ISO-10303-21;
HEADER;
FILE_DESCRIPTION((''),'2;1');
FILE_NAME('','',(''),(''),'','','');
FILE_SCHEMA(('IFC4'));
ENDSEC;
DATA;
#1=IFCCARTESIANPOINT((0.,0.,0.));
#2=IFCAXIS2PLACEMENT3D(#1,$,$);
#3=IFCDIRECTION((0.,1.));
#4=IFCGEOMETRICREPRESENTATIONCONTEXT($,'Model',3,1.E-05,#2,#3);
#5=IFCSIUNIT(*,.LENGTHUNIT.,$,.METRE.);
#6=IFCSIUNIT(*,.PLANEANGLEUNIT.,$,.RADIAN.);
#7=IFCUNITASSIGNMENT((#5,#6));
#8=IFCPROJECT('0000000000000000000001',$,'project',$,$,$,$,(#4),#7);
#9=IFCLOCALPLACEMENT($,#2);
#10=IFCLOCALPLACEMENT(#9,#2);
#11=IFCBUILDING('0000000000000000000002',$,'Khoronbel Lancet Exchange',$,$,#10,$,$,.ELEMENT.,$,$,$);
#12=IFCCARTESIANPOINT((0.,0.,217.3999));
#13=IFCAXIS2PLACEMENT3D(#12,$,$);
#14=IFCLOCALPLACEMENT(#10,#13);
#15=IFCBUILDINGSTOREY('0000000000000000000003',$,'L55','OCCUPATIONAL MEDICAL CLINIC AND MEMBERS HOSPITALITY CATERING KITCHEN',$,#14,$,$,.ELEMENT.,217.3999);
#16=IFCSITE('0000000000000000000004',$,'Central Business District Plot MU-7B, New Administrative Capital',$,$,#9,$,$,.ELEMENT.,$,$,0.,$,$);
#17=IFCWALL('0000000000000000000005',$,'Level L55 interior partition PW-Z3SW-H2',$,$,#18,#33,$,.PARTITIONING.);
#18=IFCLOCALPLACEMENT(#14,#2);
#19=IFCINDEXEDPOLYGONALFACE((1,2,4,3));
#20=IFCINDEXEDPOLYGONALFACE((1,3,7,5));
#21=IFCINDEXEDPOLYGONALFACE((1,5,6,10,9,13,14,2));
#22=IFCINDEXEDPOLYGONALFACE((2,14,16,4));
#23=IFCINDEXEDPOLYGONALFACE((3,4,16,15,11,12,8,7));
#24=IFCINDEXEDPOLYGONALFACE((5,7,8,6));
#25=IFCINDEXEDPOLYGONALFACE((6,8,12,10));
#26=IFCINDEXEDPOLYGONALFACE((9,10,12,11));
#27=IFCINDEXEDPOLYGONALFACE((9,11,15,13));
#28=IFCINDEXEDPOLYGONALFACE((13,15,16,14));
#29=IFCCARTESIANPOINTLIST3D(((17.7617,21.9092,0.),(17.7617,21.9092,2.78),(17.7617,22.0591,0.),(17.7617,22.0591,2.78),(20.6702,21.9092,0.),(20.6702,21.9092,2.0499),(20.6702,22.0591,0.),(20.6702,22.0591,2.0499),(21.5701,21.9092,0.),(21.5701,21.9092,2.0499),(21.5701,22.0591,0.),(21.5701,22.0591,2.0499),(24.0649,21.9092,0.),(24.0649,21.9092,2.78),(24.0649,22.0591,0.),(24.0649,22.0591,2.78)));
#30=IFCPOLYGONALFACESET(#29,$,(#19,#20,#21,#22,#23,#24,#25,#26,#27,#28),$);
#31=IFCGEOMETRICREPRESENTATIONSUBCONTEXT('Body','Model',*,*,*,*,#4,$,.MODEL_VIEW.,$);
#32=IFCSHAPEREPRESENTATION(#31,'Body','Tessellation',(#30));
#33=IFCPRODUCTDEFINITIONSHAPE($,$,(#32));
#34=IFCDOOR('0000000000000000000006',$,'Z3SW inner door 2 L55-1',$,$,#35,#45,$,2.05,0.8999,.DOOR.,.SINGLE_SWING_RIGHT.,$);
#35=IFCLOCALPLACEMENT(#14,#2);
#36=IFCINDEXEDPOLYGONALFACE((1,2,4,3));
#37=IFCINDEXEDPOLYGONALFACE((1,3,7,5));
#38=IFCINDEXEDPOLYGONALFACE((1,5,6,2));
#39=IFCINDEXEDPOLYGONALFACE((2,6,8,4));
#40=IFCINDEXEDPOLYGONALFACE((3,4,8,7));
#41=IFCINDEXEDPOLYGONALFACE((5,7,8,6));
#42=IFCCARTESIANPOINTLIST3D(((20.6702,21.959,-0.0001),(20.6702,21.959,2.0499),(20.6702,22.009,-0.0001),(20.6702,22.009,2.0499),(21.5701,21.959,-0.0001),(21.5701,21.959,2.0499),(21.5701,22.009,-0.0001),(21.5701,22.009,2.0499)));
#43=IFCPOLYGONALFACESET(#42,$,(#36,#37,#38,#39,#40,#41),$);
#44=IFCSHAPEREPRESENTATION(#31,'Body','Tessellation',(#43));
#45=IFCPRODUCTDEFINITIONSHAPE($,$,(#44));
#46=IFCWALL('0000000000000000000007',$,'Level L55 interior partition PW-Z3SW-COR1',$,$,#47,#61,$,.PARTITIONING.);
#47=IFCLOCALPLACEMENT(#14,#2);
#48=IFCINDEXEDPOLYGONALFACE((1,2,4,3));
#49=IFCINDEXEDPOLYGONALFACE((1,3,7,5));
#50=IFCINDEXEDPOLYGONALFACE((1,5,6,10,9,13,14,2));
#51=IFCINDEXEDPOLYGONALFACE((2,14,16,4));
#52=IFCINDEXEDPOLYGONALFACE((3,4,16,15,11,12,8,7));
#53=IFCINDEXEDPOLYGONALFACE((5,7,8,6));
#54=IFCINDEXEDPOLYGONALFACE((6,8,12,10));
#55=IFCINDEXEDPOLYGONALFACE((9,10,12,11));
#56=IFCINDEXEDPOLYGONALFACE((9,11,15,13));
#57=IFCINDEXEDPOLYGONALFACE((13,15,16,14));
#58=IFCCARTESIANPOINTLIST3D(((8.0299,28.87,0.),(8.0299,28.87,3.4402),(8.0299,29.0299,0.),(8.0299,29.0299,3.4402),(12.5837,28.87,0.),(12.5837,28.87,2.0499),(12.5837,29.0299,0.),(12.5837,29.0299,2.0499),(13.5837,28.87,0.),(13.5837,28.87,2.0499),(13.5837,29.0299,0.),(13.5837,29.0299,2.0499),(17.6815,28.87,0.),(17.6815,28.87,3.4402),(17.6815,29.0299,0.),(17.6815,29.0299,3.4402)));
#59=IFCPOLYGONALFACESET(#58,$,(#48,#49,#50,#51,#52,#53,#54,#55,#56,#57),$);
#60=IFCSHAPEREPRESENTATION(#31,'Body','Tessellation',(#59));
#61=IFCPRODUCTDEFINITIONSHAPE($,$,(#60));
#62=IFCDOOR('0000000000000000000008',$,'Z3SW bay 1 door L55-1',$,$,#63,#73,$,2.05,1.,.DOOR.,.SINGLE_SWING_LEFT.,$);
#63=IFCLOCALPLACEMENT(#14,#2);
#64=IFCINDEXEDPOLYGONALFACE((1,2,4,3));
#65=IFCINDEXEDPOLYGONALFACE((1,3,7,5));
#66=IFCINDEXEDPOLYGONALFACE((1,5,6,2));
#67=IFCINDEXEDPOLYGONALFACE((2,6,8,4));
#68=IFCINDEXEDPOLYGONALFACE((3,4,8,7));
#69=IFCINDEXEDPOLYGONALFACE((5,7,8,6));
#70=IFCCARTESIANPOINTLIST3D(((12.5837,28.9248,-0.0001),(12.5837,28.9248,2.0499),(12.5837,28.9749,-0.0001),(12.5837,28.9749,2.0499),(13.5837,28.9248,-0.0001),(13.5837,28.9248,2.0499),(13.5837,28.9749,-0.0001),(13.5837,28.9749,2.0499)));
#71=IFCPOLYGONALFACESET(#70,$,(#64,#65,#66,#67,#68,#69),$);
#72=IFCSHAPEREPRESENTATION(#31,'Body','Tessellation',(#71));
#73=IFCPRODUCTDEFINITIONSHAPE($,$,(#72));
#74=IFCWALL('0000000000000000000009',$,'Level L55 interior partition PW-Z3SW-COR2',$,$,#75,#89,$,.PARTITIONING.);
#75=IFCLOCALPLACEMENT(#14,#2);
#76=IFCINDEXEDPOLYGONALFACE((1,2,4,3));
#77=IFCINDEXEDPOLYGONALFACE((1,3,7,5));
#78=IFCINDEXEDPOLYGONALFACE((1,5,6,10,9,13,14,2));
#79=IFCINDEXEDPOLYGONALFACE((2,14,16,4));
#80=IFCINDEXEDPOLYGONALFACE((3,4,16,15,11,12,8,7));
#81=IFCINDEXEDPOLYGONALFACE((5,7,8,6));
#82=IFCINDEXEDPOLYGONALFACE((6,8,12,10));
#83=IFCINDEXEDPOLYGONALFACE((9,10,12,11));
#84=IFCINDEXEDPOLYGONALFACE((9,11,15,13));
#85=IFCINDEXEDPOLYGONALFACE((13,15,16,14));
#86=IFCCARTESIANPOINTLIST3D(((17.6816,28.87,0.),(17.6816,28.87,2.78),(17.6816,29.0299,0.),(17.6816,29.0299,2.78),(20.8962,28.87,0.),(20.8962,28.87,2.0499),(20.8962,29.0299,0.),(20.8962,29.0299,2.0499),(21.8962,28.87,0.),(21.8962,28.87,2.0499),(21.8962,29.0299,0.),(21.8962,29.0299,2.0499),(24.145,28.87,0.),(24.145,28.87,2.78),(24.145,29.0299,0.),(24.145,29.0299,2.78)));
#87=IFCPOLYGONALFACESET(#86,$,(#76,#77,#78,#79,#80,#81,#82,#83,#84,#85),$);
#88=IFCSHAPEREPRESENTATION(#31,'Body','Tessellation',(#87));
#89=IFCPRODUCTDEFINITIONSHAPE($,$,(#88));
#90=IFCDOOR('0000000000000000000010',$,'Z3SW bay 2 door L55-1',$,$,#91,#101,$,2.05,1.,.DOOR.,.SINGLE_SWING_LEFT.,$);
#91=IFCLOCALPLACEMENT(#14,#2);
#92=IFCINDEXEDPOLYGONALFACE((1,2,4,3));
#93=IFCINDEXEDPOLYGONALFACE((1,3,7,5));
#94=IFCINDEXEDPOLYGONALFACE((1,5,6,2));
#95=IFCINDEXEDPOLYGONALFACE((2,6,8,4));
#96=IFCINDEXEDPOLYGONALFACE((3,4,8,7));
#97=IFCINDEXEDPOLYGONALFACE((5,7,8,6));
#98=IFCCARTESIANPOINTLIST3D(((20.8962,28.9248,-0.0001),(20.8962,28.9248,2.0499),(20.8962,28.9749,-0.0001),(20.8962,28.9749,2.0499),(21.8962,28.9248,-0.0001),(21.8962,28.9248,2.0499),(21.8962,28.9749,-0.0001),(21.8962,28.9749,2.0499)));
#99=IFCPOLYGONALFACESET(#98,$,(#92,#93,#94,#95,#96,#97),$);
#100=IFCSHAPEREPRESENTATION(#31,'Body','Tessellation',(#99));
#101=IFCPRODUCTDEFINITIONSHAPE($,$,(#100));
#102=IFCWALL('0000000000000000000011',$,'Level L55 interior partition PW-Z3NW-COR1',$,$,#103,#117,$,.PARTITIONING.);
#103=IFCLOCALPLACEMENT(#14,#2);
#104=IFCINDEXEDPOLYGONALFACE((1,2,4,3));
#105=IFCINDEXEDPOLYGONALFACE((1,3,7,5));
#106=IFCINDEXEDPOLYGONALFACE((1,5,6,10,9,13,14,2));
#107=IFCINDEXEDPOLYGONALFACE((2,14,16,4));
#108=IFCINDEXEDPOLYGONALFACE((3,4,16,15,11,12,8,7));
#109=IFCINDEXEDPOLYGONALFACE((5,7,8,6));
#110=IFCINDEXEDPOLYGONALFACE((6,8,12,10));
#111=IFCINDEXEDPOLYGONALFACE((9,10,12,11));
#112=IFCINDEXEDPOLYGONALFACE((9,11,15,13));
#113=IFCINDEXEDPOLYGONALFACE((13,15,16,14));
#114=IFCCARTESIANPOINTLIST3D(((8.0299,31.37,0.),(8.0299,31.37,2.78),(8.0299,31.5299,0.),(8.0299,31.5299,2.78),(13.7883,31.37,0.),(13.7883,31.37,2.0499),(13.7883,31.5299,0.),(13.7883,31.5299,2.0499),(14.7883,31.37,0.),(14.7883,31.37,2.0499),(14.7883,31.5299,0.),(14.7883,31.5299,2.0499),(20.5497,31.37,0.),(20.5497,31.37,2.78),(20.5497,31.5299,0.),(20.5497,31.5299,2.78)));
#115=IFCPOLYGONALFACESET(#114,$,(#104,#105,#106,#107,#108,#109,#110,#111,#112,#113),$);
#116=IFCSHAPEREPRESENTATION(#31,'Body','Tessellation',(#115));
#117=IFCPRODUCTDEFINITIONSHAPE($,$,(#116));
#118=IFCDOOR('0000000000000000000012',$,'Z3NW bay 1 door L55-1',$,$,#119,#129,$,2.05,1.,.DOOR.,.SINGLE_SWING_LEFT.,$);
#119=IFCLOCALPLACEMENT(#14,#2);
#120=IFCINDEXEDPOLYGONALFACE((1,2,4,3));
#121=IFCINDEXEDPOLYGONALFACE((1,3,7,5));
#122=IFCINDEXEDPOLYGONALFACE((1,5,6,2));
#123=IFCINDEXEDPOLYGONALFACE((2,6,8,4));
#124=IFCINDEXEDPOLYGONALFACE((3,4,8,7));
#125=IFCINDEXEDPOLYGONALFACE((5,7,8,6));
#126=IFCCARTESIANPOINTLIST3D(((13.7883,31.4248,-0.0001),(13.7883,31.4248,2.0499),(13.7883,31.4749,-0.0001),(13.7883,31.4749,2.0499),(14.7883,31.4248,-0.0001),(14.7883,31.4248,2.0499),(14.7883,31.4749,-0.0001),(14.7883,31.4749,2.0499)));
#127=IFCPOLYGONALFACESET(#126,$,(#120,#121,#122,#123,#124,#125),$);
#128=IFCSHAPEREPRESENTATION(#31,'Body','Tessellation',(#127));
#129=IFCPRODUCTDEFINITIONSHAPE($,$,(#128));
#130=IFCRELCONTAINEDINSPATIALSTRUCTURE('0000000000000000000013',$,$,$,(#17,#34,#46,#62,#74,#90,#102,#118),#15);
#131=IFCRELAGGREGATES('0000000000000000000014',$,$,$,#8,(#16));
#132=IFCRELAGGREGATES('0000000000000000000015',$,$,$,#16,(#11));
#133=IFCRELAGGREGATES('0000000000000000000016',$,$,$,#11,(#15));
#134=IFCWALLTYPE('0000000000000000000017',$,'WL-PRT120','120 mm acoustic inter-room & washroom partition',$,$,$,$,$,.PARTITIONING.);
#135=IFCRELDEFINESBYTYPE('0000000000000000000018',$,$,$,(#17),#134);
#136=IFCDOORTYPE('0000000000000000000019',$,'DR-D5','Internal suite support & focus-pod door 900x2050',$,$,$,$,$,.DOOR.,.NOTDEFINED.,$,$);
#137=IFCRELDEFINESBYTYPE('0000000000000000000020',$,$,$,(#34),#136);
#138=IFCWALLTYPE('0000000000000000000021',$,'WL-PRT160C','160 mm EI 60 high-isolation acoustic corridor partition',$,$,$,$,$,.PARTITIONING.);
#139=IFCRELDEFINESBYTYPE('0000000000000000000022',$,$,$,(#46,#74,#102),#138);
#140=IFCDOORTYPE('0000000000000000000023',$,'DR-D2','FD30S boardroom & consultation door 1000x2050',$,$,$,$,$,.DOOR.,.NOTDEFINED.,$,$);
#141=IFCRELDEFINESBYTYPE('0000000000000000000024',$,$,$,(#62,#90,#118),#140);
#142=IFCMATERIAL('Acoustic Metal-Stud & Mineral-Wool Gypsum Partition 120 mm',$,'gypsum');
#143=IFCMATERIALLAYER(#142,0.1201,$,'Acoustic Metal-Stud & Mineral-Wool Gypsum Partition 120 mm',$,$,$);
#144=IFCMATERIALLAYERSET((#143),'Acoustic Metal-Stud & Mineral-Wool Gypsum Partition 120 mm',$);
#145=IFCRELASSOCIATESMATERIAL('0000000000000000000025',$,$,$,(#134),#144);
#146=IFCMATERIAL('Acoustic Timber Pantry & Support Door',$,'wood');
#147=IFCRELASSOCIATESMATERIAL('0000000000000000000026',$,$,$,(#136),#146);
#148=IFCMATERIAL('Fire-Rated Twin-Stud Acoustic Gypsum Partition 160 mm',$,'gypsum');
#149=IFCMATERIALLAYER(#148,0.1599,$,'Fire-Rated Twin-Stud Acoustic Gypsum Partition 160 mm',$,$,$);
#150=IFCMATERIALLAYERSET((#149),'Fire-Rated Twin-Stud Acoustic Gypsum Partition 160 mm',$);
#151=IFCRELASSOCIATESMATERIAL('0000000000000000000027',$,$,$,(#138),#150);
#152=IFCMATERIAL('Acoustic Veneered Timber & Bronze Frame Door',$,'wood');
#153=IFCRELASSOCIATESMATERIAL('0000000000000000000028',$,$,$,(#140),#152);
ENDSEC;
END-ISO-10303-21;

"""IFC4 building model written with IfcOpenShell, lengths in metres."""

from ifc_helpers import new_model, si_unit, direction, frame, frame_2d, origin, place, context, subcontext, project, spatial, rectangle, extrude, material, layer, layer_set, type_object, element, fill, save


model = new_model("IFC4")

# Units and contexts
model_context = context("Model", 3, precision=1e-05, world=origin(), true_north=direction((0.0, 1.0)))
body_context = subcontext(model_context, "Body", "Model", "MODEL_VIEW")
ifc_project = project(units=[si_unit("LENGTHUNIT", "METRE"), si_unit("PLANEANGLEUNIT", "RADIAN")], contexts=[model_context])

# Site, building, storey
site_placement = place(None, origin())
site = spatial("IfcSite", under=ifc_project, at=site_placement, Name="Central Business District Plot MU-7B, New Administrative Capital", CompositionType="ELEMENT", RefElevation=0.0)
building_placement = place(site_placement, origin())
building = spatial("IfcBuilding", under=site, at=building_placement, Name="Khoronbel Lancet Exchange", CompositionType="ELEMENT")
storey_placement = place(building_placement, frame((0.0, 0.0, 217.3999)))
storey = spatial("IfcBuildingStorey", under=building, at=storey_placement, Name="L55", Description="OCCUPATIONAL MEDICAL CLINIC AND MEMBERS HOSPITALITY CATERING KITCHEN", CompositionType="ELEMENT", Elevation=217.3999)

# Walls, openings, doors
ifc_material_1 = material(Name="Acoustic Metal-Stud & Mineral-Wool Gypsum Partition 120 mm", Category="gypsum")
ifc_layer_1 = layer(ifc_material_1, 0.1201, Name="Acoustic Metal-Stud & Mineral-Wool Gypsum Partition 120 mm")
ifc_layer_set_1 = layer_set([ifc_layer_1], Name="Acoustic Metal-Stud & Mineral-Wool Gypsum Partition 120 mm")
wall_type_1 = type_object("IfcWallType", Name="WL-PRT120", Description="120 mm acoustic inter-room & washroom partition", PredefinedType="PARTITIONING", material=ifc_layer_set_1)
ifc_material_2 = material(Name="Acoustic Timber Pantry & Support Door", Category="wood")
door_type_1 = type_object("IfcDoorType", Name="DR-D5", Description="Internal suite support & focus-pod door 900x2050", OperationType="NOTDEFINED", PredefinedType="DOOR", material=ifc_material_2)
wall_1_placement = place(storey_placement, frame((17.7617, 21.9841, 0.0), z_axis=(0.0, 0.0, 1.0), x_axis=(1.0, 0.0, 0.0)))
wall_1 = element("IfcWall", 1, at=wall_1_placement, inside=storey, type_object=wall_type_1, Name="Level L55 interior partition PW-Z3SW-H2", PredefinedType="PARTITIONING", context=body_context, shape_type="SweptSolid", body=[
    extrude(rectangle(XDim=6.3032, YDim=0.1499, at=frame_2d((3.1516, 0.0))), origin(), (0.0, 0.0, 1.0), 2.78),
])
opening_1_placement = place(wall_1_placement, frame((2.9084, 0.0, 0.0)))
opening_1 = element("IfcOpeningElement", 2, at=opening_1_placement, cuts=wall_1, PredefinedType="OPENING", context=body_context, shape_type="SweptSolid", body=[
    extrude(rectangle(XDim=0.8999, YDim=2.05, at=frame_2d((0.45, 1.0249))), frame((0.0, 0.085, 0.0), z_axis=(0.0, -1.0, 0.0), x_axis=(1.0, 0.0, 0.0)), (0.0, 0.0, 1.0), 0.1699),
])
door_1_placement = place(opening_1_placement, origin())
door_1 = element("IfcDoor", 3, at=door_1_placement, inside=storey, type_object=door_type_1, Name="Z3SW inner door 2 L55-1", OperationType="SINGLE_SWING_RIGHT", OverallHeight=2.05, OverallWidth=0.8999, PredefinedType="DOOR", context=body_context, shape_type="SweptSolid", body=[
    extrude(rectangle(XDim=0.8999, YDim=2.05, at=frame_2d((0.45, 1.0249))), frame((0.0, 0.0249, 0.0), z_axis=(0.0, -1.0, 0.0), x_axis=(1.0, 0.0, 0.0)), (0.0, 0.0, 1.0), 0.05),
])
fill(opening_1, door_1)
ifc_material_3 = material(Name="Fire-Rated Twin-Stud Acoustic Gypsum Partition 160 mm", Category="gypsum")
ifc_layer_2 = layer(ifc_material_3, 0.1599, Name="Fire-Rated Twin-Stud Acoustic Gypsum Partition 160 mm")
ifc_layer_set_2 = layer_set([ifc_layer_2], Name="Fire-Rated Twin-Stud Acoustic Gypsum Partition 160 mm")
wall_type_2 = type_object("IfcWallType", Name="WL-PRT160C", Description="160 mm EI 60 high-isolation acoustic corridor partition", PredefinedType="PARTITIONING", material=ifc_layer_set_2)
wall_2_placement = place(storey_placement, frame((8.03, 28.95, 0.0), z_axis=(0.0, 0.0, 1.0), x_axis=(1.0, 0.0, 0.0)))
wall_2 = element("IfcWall", 4, at=wall_2_placement, inside=storey, type_object=wall_type_2, Name="Level L55 interior partition PW-Z3SW-COR1", PredefinedType="PARTITIONING", context=body_context, shape_type="SweptSolid", body=[
    extrude(rectangle(XDim=9.6516, YDim=0.1599, at=frame_2d((4.8257, 0.0))), origin(), (0.0, 0.0, 1.0), 3.4402),
])
opening_2_placement = place(wall_2_placement, frame((4.5537, 0.0, 0.0)))
opening_2 = element("IfcOpeningElement", 5, at=opening_2_placement, cuts=wall_2, PredefinedType="OPENING", context=body_context, shape_type="SweptSolid", body=[
    extrude(rectangle(XDim=1.0, YDim=2.05, at=frame_2d((0.5, 1.0249))), frame((0.0, 0.0898, 0.0), z_axis=(0.0, -1.0, 0.0), x_axis=(1.0, 0.0, 0.0)), (0.0, 0.0, 1.0), 0.1799),
])
ifc_material_4 = material(Name="Acoustic Veneered Timber & Bronze Frame Door", Category="wood")
door_type_2 = type_object("IfcDoorType", Name="DR-D2", Description="FD30S boardroom & consultation door 1000x2050", OperationType="NOTDEFINED", PredefinedType="DOOR", material=ifc_material_4)
door_2_placement = place(opening_2_placement, origin())
door_2 = element("IfcDoor", 6, at=door_2_placement, inside=storey, type_object=door_type_2, Name="Z3SW bay 1 door L55-1", OperationType="SINGLE_SWING_LEFT", OverallHeight=2.05, OverallWidth=1.0, PredefinedType="DOOR", context=body_context, shape_type="SweptSolid", body=[
    extrude(rectangle(XDim=1.0, YDim=2.05, at=frame_2d((0.5, 1.0249))), frame((0.0, 0.0249, 0.0), z_axis=(0.0, -1.0, 0.0), x_axis=(1.0, 0.0, 0.0)), (0.0, 0.0, 1.0), 0.05),
])
fill(opening_2, door_2)
wall_3_placement = place(storey_placement, frame((17.6816, 28.95, 0.0), z_axis=(0.0, 0.0, 1.0), x_axis=(1.0, 0.0, 0.0)))
wall_3 = element("IfcWall", 7, at=wall_3_placement, inside=storey, type_object=wall_type_2, Name="Level L55 interior partition PW-Z3SW-COR2", PredefinedType="PARTITIONING", context=body_context, shape_type="SweptSolid", body=[
    extrude(rectangle(XDim=6.4634, YDim=0.1599, at=frame_2d((3.2317, 0.0))), origin(), (0.0, 0.0, 1.0), 2.78),
])
opening_3_placement = place(wall_3_placement, frame((3.2146, 0.0, 0.0)))
opening_3 = element("IfcOpeningElement", 8, at=opening_3_placement, cuts=wall_3, PredefinedType="OPENING", context=body_context, shape_type="SweptSolid", body=[
    extrude(rectangle(XDim=1.0, YDim=2.05, at=frame_2d((0.5, 1.0249))), frame((0.0, 0.0898, 0.0), z_axis=(0.0, -1.0, 0.0), x_axis=(1.0, 0.0, 0.0)), (0.0, 0.0, 1.0), 0.1799),
])
door_3_placement = place(opening_3_placement, origin())
door_3 = element("IfcDoor", 9, at=door_3_placement, inside=storey, type_object=door_type_2, Name="Z3SW bay 2 door L55-1", OperationType="SINGLE_SWING_LEFT", OverallHeight=2.05, OverallWidth=1.0, PredefinedType="DOOR", context=body_context, shape_type="SweptSolid", body=[
    extrude(rectangle(XDim=1.0, YDim=2.05, at=frame_2d((0.5, 1.0249))), frame((0.0, 0.0249, 0.0), z_axis=(0.0, -1.0, 0.0), x_axis=(1.0, 0.0, 0.0)), (0.0, 0.0, 1.0), 0.05),
])
fill(opening_3, door_3)
wall_4_placement = place(storey_placement, frame((8.03, 31.45, 0.0), z_axis=(0.0, 0.0, 1.0), x_axis=(1.0, 0.0, 0.0)))
wall_4 = element("IfcWall", 10, at=wall_4_placement, inside=storey, type_object=wall_type_2, Name="Level L55 interior partition PW-Z3NW-COR1", PredefinedType="PARTITIONING", context=body_context, shape_type="SweptSolid", body=[
    extrude(rectangle(XDim=12.5198, YDim=0.1599, at=frame_2d((6.2598, 0.0))), origin(), (0.0, 0.0, 1.0), 2.78),
])
opening_4_placement = place(wall_4_placement, frame((5.7583, 0.0, 0.0)))
opening_4 = element("IfcOpeningElement", 11, at=opening_4_placement, cuts=wall_4, PredefinedType="OPENING", context=body_context, shape_type="SweptSolid", body=[
    extrude(rectangle(XDim=1.0, YDim=2.05, at=frame_2d((0.5, 1.0249))), frame((0.0, 0.0898, 0.0), z_axis=(0.0, -1.0, 0.0), x_axis=(1.0, 0.0, 0.0)), (0.0, 0.0, 1.0), 0.1799),
])
door_4_placement = place(opening_4_placement, origin())
door_4 = element("IfcDoor", 12, at=door_4_placement, inside=storey, type_object=door_type_2, Name="Z3NW bay 1 door L55-1", OperationType="SINGLE_SWING_LEFT", OverallHeight=2.05, OverallWidth=1.0, PredefinedType="DOOR", context=body_context, shape_type="SweptSolid", body=[
    extrude(rectangle(XDim=1.0, YDim=2.05, at=frame_2d((0.5, 1.0249))), frame((0.0, 0.0249, 0.0), z_axis=(0.0, -1.0, 0.0), x_axis=(1.0, 0.0, 0.0)), (0.0, 0.0, 1.0), 0.05),
])
fill(opening_4, door_4)

save(model, "model.ifc")
